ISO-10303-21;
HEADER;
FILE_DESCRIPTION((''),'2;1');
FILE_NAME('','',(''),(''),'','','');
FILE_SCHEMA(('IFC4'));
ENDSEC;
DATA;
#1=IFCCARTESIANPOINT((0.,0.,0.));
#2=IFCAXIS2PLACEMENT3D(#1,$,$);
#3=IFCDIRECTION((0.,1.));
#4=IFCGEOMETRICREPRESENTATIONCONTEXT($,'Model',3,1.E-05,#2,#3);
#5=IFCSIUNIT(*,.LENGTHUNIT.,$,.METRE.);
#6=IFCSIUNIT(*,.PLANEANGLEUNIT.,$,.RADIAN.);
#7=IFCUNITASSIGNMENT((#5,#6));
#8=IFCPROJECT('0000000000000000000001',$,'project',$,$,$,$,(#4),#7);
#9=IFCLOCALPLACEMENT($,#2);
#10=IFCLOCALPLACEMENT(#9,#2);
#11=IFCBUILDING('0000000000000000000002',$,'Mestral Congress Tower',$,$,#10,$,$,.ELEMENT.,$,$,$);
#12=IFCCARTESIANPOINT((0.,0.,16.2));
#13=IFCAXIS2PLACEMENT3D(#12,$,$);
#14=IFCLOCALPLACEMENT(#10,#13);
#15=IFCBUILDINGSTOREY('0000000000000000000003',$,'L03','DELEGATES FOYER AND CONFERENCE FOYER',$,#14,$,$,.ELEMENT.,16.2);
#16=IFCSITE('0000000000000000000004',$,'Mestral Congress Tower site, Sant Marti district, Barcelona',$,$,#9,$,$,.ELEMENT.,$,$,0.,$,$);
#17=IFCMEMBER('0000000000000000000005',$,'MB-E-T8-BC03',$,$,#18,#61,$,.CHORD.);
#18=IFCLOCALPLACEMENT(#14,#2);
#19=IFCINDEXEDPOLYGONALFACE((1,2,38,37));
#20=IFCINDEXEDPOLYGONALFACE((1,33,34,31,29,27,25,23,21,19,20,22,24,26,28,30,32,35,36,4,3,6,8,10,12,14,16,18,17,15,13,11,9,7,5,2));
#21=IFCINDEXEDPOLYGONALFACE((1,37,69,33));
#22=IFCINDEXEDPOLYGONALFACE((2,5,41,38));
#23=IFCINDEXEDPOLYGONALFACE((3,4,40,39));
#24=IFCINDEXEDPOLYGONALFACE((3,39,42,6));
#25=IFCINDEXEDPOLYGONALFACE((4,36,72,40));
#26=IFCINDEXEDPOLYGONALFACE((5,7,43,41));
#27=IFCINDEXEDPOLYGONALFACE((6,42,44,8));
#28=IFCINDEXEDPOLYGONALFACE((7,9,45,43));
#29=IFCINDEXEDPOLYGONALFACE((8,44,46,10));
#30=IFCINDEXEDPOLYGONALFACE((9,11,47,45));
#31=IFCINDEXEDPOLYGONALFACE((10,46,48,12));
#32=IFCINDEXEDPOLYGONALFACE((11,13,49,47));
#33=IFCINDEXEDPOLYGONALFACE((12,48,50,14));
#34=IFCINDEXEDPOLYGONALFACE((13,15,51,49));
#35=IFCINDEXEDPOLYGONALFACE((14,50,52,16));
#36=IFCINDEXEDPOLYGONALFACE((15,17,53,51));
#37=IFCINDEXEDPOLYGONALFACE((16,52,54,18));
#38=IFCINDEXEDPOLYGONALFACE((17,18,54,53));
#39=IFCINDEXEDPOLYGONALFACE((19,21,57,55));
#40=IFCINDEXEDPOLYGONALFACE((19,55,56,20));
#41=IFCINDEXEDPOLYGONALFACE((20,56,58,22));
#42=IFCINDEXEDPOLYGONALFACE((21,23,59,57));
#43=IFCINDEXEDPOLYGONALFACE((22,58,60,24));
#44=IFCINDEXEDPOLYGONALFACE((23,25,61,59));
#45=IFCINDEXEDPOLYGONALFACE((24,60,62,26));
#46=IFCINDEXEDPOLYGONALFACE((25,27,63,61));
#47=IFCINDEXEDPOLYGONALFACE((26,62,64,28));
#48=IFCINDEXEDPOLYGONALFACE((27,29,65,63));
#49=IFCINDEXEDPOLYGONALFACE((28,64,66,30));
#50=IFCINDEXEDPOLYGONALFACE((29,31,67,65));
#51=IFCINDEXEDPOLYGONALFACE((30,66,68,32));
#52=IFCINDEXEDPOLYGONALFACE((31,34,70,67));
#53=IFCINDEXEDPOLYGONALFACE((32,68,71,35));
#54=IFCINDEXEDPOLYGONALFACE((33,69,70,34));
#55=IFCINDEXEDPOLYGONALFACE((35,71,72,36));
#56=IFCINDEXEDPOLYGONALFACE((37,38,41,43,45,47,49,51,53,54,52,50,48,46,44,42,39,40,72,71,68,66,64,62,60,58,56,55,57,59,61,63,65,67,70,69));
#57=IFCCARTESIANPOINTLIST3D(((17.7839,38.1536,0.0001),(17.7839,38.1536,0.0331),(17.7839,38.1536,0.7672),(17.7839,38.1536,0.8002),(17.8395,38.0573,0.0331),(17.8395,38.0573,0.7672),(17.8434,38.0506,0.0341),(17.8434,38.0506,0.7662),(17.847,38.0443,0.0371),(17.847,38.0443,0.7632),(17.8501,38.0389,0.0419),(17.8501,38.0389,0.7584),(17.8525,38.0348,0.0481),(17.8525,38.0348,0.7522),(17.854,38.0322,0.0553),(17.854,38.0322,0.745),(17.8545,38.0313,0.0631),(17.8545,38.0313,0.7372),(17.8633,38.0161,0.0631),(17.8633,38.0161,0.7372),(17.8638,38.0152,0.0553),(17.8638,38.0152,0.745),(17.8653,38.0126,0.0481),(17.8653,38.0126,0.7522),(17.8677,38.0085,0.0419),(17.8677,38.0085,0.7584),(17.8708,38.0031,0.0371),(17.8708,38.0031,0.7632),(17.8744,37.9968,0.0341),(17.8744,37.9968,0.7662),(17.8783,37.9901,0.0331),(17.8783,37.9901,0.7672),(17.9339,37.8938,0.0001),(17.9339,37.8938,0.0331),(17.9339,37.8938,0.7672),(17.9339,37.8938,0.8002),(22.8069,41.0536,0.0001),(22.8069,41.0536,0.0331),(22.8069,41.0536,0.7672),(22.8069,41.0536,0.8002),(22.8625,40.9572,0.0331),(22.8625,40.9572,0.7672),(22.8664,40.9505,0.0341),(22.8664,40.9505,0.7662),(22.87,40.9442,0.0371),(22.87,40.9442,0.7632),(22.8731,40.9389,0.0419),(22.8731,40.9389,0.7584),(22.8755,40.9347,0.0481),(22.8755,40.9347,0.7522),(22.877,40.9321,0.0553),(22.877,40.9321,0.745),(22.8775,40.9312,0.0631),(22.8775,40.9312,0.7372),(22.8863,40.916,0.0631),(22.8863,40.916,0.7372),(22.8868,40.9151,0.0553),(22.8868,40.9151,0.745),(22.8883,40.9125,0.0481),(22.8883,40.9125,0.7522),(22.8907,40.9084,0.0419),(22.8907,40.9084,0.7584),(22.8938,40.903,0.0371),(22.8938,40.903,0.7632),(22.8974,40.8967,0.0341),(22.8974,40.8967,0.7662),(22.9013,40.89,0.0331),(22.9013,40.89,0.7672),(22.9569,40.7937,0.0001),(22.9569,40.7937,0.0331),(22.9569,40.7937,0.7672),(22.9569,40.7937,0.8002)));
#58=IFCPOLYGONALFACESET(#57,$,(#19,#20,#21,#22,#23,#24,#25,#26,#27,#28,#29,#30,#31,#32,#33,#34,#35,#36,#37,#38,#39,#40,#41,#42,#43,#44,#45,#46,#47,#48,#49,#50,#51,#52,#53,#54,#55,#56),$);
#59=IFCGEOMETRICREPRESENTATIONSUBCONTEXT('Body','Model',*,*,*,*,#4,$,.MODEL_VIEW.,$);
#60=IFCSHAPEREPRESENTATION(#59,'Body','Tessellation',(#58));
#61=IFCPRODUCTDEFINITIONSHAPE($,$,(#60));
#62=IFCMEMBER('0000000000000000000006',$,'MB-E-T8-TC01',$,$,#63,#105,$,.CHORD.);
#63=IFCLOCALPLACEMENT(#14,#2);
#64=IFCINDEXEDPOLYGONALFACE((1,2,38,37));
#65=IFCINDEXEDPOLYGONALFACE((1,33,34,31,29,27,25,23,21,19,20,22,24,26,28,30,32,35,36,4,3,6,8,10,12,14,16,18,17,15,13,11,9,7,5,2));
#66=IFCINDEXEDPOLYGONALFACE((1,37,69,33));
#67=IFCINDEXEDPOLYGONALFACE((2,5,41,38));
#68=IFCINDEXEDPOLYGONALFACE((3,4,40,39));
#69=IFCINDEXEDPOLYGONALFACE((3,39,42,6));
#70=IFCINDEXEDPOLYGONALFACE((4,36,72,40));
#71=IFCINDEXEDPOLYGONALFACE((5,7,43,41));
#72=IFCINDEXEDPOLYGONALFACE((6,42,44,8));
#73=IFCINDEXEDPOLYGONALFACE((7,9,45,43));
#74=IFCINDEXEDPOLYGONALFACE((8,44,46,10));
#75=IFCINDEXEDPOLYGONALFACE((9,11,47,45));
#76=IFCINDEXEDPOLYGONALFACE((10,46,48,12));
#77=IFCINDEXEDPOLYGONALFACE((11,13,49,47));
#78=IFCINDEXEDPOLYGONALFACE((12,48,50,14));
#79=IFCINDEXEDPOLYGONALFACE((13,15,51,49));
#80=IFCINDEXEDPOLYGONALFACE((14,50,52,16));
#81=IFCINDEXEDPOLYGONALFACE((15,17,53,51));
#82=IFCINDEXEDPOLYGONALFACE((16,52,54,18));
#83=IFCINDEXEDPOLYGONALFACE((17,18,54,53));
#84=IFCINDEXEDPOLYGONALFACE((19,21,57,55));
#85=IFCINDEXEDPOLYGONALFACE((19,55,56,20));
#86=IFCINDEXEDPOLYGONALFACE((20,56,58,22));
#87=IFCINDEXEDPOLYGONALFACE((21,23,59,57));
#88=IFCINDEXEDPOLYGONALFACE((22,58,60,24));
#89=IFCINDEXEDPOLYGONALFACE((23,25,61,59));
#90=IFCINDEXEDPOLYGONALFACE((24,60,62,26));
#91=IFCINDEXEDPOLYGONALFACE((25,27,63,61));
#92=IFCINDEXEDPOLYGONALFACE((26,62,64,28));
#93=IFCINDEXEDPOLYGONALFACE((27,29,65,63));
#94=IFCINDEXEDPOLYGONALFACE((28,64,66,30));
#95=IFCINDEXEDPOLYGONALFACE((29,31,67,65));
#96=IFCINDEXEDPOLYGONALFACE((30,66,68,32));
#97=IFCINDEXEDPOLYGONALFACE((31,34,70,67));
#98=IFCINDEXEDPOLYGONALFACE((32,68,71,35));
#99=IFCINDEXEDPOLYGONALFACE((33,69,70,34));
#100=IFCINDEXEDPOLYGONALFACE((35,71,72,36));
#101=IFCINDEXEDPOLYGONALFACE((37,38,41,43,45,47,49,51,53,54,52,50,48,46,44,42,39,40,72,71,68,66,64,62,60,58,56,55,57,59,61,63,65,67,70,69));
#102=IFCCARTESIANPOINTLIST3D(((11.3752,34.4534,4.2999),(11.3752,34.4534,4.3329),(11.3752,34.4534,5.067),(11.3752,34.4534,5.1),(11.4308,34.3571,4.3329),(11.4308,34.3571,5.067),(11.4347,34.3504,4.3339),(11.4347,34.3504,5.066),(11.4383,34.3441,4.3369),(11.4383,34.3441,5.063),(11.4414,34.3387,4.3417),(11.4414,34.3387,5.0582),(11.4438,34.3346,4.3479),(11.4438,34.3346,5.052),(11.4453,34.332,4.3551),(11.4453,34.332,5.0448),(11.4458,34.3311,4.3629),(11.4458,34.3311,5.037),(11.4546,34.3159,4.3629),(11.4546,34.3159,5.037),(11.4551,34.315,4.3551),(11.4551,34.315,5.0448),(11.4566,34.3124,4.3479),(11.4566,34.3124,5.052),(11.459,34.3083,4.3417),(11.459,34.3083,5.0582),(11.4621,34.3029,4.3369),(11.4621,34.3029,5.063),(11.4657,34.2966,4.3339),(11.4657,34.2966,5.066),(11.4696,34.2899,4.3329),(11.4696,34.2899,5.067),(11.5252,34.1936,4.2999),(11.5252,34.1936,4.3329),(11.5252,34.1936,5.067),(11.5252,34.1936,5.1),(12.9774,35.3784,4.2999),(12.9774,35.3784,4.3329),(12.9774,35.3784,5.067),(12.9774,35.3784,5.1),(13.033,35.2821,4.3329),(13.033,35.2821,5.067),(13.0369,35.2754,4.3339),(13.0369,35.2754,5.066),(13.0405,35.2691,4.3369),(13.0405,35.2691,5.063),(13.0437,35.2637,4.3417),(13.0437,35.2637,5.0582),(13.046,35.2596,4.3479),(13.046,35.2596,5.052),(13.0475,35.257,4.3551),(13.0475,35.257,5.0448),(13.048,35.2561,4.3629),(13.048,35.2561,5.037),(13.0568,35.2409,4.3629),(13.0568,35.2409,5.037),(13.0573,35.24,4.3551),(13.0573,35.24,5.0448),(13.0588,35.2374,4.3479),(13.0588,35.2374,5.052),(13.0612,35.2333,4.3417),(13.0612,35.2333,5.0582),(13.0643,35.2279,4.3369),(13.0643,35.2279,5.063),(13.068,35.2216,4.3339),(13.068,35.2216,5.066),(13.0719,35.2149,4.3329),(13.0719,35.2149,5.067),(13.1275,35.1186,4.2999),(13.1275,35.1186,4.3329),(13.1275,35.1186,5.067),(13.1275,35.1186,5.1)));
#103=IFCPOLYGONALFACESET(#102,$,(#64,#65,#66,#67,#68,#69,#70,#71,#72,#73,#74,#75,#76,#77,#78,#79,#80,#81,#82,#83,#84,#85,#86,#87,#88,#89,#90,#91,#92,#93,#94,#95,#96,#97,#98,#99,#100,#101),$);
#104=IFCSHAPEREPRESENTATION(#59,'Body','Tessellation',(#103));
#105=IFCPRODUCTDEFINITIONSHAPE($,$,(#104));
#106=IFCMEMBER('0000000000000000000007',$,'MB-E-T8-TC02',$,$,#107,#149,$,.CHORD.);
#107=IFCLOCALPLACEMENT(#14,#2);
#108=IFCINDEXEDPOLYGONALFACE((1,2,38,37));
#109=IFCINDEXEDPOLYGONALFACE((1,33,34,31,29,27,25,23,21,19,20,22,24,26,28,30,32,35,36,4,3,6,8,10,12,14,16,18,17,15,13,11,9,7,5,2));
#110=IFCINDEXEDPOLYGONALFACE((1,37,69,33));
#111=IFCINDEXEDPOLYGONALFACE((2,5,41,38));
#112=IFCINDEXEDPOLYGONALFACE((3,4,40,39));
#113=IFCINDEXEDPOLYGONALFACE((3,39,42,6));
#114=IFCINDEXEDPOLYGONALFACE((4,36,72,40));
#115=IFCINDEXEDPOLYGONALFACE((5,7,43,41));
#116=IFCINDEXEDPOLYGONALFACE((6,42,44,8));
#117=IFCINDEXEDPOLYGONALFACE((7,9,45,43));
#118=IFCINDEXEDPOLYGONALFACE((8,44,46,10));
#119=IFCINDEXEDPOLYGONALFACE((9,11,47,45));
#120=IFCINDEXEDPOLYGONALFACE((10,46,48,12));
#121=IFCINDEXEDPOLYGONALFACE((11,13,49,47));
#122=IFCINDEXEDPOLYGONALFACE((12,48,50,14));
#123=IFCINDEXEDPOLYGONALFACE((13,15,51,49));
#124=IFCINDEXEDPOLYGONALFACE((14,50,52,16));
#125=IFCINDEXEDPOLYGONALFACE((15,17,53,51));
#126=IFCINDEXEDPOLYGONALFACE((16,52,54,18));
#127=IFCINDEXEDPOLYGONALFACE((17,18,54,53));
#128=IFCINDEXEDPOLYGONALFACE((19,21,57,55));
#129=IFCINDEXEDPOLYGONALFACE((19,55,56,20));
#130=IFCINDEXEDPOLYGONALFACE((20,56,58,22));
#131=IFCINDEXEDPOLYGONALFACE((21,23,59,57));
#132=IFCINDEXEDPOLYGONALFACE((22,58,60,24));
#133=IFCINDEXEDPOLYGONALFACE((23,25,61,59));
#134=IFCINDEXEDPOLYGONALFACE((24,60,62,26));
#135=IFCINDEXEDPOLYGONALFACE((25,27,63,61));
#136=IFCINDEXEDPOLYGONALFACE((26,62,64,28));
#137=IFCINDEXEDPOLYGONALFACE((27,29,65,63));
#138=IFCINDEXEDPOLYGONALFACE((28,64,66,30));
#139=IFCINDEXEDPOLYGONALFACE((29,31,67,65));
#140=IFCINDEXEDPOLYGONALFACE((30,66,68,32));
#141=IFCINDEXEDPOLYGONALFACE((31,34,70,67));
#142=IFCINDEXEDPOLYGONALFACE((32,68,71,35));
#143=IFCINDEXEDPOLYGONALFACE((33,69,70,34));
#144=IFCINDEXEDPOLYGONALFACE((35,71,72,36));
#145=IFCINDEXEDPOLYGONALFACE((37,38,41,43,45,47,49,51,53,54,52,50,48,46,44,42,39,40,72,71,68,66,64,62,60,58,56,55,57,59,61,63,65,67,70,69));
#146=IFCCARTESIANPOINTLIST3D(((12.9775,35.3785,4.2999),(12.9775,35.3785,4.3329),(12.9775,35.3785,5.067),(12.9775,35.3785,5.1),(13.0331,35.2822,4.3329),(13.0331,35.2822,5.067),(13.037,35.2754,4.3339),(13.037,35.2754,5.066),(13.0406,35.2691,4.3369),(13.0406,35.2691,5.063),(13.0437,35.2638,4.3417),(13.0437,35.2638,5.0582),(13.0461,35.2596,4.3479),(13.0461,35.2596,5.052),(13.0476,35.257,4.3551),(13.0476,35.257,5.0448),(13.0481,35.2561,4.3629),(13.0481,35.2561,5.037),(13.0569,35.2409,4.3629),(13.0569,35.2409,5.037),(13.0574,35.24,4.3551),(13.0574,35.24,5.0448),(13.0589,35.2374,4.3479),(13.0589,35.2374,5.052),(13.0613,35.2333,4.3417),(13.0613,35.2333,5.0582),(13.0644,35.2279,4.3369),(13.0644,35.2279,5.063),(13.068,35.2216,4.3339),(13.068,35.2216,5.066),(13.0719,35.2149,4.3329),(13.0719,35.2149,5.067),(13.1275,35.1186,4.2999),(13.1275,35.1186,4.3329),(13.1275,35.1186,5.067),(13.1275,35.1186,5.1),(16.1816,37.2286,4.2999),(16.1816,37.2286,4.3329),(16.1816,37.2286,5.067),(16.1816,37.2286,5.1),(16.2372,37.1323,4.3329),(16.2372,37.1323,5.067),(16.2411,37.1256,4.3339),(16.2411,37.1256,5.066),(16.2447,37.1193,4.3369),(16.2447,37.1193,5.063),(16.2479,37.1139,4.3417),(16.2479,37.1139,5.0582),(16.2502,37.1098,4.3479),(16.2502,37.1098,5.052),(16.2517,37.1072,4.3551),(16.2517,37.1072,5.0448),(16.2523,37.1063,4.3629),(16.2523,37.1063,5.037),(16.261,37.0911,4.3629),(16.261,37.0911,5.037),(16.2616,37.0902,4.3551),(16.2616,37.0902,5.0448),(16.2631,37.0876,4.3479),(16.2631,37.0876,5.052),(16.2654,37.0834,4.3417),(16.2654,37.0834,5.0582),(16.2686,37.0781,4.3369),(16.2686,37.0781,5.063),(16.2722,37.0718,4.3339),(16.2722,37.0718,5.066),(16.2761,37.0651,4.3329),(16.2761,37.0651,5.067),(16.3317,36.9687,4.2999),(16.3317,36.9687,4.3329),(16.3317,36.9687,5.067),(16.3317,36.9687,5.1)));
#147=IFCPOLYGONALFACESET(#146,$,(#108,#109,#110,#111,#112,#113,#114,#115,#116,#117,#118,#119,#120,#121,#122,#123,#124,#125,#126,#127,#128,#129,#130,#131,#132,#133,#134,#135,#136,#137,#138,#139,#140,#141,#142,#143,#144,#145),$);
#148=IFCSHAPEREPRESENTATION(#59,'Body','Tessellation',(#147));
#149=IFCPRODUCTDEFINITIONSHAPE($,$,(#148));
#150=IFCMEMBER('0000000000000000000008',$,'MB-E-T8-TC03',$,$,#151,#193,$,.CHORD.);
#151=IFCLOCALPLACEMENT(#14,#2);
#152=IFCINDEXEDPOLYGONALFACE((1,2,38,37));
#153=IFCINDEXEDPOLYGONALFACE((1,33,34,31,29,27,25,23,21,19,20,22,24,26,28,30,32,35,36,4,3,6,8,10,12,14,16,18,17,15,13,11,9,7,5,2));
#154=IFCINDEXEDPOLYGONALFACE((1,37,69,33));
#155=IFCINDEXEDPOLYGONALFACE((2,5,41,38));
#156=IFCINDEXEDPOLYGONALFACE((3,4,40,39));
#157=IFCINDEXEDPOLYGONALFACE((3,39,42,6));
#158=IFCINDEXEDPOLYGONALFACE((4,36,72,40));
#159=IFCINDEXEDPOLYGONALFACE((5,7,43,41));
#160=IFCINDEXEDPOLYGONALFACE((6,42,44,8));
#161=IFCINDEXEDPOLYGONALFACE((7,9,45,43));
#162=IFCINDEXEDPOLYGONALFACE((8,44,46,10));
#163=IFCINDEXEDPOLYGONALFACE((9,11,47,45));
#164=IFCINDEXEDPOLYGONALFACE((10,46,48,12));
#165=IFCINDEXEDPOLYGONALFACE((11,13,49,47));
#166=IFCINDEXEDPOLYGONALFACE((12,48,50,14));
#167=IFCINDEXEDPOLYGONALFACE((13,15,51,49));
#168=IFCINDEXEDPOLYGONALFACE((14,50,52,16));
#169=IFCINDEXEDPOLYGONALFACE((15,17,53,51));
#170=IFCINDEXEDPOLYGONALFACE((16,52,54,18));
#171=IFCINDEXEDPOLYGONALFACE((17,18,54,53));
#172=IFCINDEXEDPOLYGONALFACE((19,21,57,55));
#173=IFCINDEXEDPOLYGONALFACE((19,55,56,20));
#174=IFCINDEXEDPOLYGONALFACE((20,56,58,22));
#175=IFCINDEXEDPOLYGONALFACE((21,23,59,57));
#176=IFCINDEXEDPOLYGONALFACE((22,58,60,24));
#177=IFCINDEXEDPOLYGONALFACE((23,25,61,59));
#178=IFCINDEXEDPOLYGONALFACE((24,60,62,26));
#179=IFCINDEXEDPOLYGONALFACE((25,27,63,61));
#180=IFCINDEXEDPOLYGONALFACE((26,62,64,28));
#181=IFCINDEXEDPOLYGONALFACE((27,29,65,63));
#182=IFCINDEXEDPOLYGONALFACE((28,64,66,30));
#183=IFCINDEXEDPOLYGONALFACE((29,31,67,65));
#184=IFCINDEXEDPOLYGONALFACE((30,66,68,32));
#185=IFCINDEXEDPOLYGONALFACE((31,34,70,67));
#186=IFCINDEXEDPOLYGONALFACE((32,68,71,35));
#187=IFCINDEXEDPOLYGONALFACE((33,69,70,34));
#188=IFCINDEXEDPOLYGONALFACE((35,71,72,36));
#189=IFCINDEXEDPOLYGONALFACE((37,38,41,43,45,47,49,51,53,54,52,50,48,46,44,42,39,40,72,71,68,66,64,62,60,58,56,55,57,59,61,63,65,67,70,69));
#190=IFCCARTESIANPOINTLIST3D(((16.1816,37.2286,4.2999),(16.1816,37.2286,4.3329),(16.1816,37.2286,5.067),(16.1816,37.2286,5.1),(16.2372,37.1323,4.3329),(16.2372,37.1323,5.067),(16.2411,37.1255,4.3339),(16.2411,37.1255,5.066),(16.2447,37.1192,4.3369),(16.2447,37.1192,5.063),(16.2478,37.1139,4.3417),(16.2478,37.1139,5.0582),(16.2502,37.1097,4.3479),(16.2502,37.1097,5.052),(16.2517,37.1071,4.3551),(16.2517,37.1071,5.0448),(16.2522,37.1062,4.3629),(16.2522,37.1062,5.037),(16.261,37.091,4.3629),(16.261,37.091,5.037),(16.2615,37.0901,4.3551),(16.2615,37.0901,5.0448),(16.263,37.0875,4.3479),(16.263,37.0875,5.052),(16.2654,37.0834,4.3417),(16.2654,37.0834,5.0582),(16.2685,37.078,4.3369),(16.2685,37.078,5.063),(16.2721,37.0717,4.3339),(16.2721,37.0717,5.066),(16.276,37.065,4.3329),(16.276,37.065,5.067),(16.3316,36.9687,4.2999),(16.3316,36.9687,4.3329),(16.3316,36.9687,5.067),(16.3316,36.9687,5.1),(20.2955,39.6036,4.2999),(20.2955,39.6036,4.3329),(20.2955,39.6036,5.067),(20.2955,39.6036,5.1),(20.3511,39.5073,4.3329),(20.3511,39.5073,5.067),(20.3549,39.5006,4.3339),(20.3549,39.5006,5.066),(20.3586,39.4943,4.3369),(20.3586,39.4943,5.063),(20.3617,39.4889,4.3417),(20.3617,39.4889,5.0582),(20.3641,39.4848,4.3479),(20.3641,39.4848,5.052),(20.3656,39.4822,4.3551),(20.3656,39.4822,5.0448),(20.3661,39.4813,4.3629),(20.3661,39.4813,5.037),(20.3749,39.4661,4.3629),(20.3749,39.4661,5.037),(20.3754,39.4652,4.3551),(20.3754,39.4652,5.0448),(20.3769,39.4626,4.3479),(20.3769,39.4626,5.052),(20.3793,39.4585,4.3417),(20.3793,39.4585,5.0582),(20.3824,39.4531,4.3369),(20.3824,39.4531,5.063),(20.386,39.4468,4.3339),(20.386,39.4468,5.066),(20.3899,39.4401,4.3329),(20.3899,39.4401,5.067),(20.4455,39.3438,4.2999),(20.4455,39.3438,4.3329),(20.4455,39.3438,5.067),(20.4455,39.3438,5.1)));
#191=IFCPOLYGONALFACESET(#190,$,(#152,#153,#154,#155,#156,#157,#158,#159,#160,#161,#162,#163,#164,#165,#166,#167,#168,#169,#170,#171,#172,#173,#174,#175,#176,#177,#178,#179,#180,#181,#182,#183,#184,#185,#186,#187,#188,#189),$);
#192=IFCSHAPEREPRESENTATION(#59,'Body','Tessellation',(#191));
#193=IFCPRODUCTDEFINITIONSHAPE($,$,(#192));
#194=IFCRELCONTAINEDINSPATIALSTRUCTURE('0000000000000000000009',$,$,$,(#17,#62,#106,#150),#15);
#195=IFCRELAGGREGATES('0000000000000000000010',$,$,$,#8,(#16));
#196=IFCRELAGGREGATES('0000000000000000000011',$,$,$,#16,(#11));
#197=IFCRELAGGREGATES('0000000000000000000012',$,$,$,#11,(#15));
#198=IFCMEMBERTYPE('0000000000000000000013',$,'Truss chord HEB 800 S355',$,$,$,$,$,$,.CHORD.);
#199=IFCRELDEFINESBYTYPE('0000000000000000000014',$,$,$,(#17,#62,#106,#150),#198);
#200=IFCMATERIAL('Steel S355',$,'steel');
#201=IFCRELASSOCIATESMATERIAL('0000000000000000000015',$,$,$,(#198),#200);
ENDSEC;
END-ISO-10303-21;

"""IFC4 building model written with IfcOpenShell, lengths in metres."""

from ifc_helpers import new_model, si_unit, direction, frame, origin, origin_2d, place, context, subcontext, project, spatial, i_section, extrude, material, material_profile, profile_set, type_object, element, save


model = new_model("IFC4")

# Units and contexts
model_context = context("Model", 3, precision=1e-05, world=origin(), true_north=direction((0.0, 1.0)))
body_context = subcontext(model_context, "Body", "Model", "MODEL_VIEW")
ifc_project = project(units=[si_unit("LENGTHUNIT", "METRE"), si_unit("PLANEANGLEUNIT", "RADIAN")], contexts=[model_context])

# Site, building, storey
site_placement = place(None, origin())
site = spatial("IfcSite", under=ifc_project, at=site_placement, Name="Mestral Congress Tower site, Sant Marti district, Barcelona", CompositionType="ELEMENT", RefElevation=0.0)
building_placement = place(site_placement, origin())
building = spatial("IfcBuilding", under=site, at=building_placement, Name="Mestral Congress Tower", CompositionType="ELEMENT")
storey_placement = place(building_placement, frame((0.0, 0.0, 16.2)))
storey = spatial("IfcBuildingStorey", under=building, at=storey_placement, Name="L03", Description="DELEGATES FOYER AND CONFERENCE FOYER", CompositionType="ELEMENT", Elevation=16.2)

# Members
ifc_material_1 = material(Name="Steel S355", Category="steel")
ifc_material_profile_1 = material_profile(ifc_material_1, i_section(OverallWidth=0.3, OverallDepth=0.8, WebThickness=0.0176, FlangeThickness=0.033, FilletRadius=0.03, at=origin_2d()), Name="HEB 800")
ifc_profile_set_1 = profile_set([ifc_material_profile_1], Name="Steel S355")
member_type_1 = type_object("IfcMemberType", Name="Truss chord HEB 800 S355", PredefinedType="CHORD", material=ifc_profile_set_1)
member_1_placement = place(storey_placement, frame((17.8589, 38.0237, 0.4001), z_axis=(0.866033, 0.499987, 0.0), x_axis=(-0.499987, 0.866033, 0.0)))
element("IfcMember", 1, at=member_1_placement, inside=storey, type_object=member_type_1, Name="MB-E-T8-BC03", PredefinedType="CHORD", context=body_context, shape_type="SweptSolid", body=[
    extrude(i_section(OverallWidth=0.3, OverallDepth=0.8, WebThickness=0.0176, FlangeThickness=0.033, FilletRadius=0.03, at=origin_2d()), origin(), (0.0, 0.0, 1.0), 5.8),
])
member_2_placement = place(storey_placement, frame((11.4502, 34.3235, 4.7), z_axis=(0.866034, 0.499985, 0.0), x_axis=(-0.499985, 0.866034, 0.0)))
element("IfcMember", 2, at=member_2_placement, inside=storey, type_object=member_type_1, Name="MB-E-T8-TC01", PredefinedType="CHORD", context=body_context, shape_type="SweptSolid", body=[
    extrude(i_section(OverallWidth=0.3, OverallDepth=0.8, WebThickness=0.0176, FlangeThickness=0.033, FilletRadius=0.03, at=origin_2d()), origin(), (0.0, 0.0, 1.0), 1.8501),
])
member_3_placement = place(storey_placement, frame((13.0525, 35.2485, 4.7), z_axis=(0.866001, 0.500042, 0.0), x_axis=(-0.500042, 0.866001, 0.0)))
element("IfcMember", 3, at=member_3_placement, inside=storey, type_object=member_type_1, Name="MB-E-T8-TC02", PredefinedType="CHORD", context=body_context, shape_type="SweptSolid", body=[
    extrude(i_section(OverallWidth=0.3, OverallDepth=0.8, WebThickness=0.0176, FlangeThickness=0.033, FilletRadius=0.03, at=origin_2d()), origin(), (0.0, 0.0, 1.0), 3.7),
])
member_4_placement = place(storey_placement, frame((16.2566, 37.0986, 4.7), z_axis=(0.866033, 0.499986, 0.0), x_axis=(-0.499986, 0.866033, 0.0)))
element("IfcMember", 4, at=member_4_placement, inside=storey, type_object=member_type_1, Name="MB-E-T8-TC03", PredefinedType="CHORD", context=body_context, shape_type="SweptSolid", body=[
    extrude(i_section(OverallWidth=0.3, OverallDepth=0.8, WebThickness=0.0176, FlangeThickness=0.033, FilletRadius=0.03, at=origin_2d()), origin(), (0.0, 0.0, 1.0), 4.7502),
])

save(model, "model.ifc")
